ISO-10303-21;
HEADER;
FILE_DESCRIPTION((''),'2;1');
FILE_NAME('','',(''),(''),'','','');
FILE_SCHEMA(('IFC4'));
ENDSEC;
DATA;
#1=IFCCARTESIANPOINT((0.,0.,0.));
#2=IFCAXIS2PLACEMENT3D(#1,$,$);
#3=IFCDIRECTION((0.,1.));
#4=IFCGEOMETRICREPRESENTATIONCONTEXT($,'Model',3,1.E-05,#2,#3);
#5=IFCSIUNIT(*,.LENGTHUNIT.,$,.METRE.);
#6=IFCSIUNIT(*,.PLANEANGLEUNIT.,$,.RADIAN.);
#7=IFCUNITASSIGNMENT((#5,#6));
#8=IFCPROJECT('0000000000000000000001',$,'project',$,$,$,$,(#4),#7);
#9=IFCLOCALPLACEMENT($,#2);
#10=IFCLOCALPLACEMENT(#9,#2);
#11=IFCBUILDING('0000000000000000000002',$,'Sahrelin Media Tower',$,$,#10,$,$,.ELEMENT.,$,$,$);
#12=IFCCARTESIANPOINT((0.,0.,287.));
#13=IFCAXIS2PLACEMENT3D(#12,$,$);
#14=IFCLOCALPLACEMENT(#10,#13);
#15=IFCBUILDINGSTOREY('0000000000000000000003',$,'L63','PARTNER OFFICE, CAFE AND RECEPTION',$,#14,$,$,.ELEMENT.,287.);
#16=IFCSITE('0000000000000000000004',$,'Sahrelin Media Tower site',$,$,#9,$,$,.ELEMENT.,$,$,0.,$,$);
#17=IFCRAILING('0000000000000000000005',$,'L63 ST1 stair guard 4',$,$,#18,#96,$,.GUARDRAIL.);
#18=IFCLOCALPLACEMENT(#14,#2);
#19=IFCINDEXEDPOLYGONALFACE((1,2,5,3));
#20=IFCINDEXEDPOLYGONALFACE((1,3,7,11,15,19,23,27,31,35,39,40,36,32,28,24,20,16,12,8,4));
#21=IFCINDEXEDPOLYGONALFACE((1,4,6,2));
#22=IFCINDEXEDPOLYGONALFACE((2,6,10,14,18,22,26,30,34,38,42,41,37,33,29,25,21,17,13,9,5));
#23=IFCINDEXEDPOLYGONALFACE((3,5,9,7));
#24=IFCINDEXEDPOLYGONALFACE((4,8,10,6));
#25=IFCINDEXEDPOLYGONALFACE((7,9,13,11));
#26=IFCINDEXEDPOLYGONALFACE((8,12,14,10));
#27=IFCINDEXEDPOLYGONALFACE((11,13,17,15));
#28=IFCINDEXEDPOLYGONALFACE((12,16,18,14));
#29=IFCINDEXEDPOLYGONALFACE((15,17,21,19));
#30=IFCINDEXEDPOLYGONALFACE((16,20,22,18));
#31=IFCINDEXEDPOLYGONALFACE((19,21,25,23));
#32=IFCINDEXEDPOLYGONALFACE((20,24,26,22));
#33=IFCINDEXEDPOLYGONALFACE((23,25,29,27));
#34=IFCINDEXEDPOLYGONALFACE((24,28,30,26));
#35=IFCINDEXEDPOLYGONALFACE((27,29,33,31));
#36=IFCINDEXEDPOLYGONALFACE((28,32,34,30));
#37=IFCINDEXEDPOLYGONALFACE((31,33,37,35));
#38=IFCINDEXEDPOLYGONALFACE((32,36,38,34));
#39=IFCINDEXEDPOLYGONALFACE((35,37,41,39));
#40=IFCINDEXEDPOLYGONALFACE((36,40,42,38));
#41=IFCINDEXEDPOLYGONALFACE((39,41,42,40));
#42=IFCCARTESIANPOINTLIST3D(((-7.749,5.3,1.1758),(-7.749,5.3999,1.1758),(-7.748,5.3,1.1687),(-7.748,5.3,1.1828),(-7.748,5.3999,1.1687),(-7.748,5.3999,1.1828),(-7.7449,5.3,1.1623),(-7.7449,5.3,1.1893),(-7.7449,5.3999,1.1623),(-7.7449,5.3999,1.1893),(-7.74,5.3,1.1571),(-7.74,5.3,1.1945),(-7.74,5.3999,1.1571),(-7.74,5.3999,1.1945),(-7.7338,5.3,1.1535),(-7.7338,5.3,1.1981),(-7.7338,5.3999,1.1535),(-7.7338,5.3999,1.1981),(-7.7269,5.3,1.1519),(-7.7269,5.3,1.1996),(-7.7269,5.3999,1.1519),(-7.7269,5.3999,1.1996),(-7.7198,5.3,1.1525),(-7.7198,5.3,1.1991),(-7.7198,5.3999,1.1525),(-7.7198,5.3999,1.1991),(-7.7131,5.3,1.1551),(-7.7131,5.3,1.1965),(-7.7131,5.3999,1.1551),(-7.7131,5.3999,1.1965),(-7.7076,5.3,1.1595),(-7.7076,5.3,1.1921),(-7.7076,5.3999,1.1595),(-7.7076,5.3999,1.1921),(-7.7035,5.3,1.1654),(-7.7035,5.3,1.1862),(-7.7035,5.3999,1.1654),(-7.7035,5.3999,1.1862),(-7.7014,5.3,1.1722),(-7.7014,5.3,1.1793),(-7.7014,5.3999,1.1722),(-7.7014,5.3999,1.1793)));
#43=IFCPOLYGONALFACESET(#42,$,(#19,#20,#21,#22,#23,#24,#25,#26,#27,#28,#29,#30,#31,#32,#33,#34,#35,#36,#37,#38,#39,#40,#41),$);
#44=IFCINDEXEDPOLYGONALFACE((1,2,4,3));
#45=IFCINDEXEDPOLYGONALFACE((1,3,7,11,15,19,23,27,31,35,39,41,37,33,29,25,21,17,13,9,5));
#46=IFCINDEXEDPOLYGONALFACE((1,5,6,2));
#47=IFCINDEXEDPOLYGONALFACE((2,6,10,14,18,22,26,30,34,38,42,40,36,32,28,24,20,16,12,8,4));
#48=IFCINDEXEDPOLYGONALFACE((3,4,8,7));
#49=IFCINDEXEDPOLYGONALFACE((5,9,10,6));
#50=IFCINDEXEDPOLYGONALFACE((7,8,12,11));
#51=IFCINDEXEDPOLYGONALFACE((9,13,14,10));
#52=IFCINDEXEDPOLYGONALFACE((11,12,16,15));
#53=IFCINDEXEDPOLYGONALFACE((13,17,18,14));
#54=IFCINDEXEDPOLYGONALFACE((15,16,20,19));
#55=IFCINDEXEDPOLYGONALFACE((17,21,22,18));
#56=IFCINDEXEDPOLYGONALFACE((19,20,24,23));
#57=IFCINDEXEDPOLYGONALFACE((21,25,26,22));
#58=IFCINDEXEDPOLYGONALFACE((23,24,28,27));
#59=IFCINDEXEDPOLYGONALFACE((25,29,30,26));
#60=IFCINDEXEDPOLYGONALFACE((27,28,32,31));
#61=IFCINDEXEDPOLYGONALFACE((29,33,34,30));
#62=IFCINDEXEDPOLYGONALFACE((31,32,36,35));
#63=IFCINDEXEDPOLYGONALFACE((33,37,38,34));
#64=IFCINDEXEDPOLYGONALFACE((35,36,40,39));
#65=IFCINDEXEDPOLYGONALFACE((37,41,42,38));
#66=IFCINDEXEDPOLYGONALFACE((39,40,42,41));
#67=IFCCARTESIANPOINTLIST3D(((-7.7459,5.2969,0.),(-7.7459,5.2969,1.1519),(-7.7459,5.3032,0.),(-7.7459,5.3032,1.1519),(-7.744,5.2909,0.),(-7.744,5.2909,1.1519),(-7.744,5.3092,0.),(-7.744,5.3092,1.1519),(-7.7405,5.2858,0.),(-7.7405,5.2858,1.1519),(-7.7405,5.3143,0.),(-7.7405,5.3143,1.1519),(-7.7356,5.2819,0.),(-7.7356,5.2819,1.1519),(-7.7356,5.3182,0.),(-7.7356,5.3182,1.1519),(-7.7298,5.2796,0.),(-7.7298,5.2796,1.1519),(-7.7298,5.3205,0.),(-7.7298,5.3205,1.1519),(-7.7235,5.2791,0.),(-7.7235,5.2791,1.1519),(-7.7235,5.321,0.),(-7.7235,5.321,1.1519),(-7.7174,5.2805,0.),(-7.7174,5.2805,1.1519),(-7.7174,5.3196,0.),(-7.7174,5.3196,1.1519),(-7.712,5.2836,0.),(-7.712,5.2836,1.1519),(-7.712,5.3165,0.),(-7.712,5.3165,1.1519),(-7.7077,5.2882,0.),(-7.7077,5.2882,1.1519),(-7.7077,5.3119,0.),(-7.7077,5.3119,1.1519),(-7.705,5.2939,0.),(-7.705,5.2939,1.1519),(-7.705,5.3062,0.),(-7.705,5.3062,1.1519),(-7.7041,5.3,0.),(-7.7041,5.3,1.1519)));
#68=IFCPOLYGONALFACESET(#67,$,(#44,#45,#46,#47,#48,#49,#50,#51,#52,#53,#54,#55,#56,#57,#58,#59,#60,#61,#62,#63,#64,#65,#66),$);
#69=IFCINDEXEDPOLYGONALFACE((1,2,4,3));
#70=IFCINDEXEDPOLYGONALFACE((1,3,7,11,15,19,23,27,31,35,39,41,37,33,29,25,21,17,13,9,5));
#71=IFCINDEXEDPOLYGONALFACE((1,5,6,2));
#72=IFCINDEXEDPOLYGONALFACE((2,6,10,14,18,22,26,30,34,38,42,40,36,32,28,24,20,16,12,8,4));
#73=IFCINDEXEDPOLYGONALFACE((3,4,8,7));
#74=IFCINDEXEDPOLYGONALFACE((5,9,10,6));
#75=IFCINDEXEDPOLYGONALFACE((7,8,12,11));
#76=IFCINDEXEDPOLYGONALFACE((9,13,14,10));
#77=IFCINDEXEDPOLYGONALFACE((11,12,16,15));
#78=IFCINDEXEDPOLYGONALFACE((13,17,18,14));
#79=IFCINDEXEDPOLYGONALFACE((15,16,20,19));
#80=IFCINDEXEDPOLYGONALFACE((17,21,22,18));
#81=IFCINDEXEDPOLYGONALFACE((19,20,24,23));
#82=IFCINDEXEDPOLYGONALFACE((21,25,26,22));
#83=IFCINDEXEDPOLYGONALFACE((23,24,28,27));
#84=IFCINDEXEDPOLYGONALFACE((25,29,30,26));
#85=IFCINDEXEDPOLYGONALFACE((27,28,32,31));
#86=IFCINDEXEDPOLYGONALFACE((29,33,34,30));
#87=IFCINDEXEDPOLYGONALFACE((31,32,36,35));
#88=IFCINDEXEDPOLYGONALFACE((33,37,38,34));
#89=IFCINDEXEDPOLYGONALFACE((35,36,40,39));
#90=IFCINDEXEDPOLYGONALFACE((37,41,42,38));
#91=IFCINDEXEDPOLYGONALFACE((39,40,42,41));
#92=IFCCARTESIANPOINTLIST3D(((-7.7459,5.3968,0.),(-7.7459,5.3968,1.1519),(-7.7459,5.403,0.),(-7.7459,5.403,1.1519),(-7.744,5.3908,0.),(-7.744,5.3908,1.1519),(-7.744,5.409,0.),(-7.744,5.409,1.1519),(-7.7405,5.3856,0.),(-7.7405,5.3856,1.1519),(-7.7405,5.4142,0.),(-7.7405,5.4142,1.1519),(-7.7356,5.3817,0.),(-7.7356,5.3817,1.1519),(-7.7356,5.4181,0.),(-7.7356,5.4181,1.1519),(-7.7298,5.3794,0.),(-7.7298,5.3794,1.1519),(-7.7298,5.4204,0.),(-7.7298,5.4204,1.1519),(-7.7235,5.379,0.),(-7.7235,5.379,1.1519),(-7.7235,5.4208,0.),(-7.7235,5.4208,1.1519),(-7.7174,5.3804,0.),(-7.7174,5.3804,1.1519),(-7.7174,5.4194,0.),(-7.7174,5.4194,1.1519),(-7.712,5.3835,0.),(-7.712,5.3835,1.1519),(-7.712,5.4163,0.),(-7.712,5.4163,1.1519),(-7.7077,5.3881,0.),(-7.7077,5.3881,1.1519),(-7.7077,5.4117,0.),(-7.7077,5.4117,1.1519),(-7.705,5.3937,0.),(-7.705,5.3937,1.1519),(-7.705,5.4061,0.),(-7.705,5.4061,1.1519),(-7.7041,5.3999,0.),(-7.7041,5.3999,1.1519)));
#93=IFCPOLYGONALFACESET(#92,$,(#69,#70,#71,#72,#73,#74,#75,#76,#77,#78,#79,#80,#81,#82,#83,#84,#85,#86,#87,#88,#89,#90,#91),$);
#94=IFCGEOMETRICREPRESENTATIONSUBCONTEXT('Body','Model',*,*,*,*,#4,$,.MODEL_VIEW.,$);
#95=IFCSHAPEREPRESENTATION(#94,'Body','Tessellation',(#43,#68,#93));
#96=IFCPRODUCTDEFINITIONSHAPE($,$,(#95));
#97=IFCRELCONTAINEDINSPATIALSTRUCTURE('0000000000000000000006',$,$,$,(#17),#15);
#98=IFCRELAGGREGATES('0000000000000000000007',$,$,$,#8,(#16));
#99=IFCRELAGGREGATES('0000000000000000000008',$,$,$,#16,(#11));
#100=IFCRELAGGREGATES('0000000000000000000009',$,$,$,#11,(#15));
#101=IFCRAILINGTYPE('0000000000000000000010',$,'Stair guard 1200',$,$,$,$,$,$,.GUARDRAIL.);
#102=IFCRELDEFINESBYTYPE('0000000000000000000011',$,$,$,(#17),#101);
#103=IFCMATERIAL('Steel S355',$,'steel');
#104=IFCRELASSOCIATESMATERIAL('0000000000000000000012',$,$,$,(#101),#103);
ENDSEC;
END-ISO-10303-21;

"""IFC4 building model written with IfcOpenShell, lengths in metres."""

from ifc_helpers import new_model, si_unit, direction, frame, origin, origin_2d, place, context, subcontext, project, spatial, circle, extrude, material, type_object, element, save


model = new_model("IFC4")

# Units and contexts
model_context = context("Model", 3, precision=1e-05, world=origin(), true_north=direction((0.0, 1.0)))
body_context = subcontext(model_context, "Body", "Model", "MODEL_VIEW")
ifc_project = project(units=[si_unit("LENGTHUNIT", "METRE"), si_unit("PLANEANGLEUNIT", "RADIAN")], contexts=[model_context])

# Site, building, storey
site_placement = place(None, origin())
site = spatial("IfcSite", under=ifc_project, at=site_placement, Name="Sahrelin Media Tower site", CompositionType="ELEMENT", RefElevation=0.0)
building_placement = place(site_placement, origin())
building = spatial("IfcBuilding", under=site, at=building_placement, Name="Sahrelin Media Tower", CompositionType="ELEMENT")
storey_placement = place(building_placement, frame((0.0, 0.0, 287.0)))
storey = spatial("IfcBuildingStorey", under=building, at=storey_placement, Name="L63", Description="PARTNER OFFICE, CAFE AND RECEPTION", CompositionType="ELEMENT", Elevation=287.0)

# Shared definitions
ifc_material_1 = material(Name="Steel S355", Category="steel")

# Railing
railing_type_1 = type_object("IfcRailingType", Name="Stair guard 1200", PredefinedType="GUARDRAIL", material=ifc_material_1)
railing_1_placement = place(storey_placement, frame((-7.7251, 5.3, 0.0)))
element("IfcRailing", 1, at=railing_1_placement, inside=storey, type_object=railing_type_1, Name="L63 ST1 stair guard 4", PredefinedType="GUARDRAIL", context=body_context, shape_type="SweptSolid", body=[
    extrude(circle(Radius=0.0239, at=origin_2d()), frame((0.0, 0.0, 1.1758), z_axis=(0.0, 1.0, 0.0), x_axis=(-1.0, 0.0, 0.0)), (0.0, 0.0, 1.0), 0.0999),
    extrude(circle(Radius=0.021, at=origin_2d()), origin(), (0.0, 0.0, 1.0), 1.1519),
    extrude(circle(Radius=0.021, at=origin_2d()), frame((0.0, 0.0999, 0.0)), (0.0, 0.0, 1.0), 1.1519),
])

save(model, "model.ifc")
